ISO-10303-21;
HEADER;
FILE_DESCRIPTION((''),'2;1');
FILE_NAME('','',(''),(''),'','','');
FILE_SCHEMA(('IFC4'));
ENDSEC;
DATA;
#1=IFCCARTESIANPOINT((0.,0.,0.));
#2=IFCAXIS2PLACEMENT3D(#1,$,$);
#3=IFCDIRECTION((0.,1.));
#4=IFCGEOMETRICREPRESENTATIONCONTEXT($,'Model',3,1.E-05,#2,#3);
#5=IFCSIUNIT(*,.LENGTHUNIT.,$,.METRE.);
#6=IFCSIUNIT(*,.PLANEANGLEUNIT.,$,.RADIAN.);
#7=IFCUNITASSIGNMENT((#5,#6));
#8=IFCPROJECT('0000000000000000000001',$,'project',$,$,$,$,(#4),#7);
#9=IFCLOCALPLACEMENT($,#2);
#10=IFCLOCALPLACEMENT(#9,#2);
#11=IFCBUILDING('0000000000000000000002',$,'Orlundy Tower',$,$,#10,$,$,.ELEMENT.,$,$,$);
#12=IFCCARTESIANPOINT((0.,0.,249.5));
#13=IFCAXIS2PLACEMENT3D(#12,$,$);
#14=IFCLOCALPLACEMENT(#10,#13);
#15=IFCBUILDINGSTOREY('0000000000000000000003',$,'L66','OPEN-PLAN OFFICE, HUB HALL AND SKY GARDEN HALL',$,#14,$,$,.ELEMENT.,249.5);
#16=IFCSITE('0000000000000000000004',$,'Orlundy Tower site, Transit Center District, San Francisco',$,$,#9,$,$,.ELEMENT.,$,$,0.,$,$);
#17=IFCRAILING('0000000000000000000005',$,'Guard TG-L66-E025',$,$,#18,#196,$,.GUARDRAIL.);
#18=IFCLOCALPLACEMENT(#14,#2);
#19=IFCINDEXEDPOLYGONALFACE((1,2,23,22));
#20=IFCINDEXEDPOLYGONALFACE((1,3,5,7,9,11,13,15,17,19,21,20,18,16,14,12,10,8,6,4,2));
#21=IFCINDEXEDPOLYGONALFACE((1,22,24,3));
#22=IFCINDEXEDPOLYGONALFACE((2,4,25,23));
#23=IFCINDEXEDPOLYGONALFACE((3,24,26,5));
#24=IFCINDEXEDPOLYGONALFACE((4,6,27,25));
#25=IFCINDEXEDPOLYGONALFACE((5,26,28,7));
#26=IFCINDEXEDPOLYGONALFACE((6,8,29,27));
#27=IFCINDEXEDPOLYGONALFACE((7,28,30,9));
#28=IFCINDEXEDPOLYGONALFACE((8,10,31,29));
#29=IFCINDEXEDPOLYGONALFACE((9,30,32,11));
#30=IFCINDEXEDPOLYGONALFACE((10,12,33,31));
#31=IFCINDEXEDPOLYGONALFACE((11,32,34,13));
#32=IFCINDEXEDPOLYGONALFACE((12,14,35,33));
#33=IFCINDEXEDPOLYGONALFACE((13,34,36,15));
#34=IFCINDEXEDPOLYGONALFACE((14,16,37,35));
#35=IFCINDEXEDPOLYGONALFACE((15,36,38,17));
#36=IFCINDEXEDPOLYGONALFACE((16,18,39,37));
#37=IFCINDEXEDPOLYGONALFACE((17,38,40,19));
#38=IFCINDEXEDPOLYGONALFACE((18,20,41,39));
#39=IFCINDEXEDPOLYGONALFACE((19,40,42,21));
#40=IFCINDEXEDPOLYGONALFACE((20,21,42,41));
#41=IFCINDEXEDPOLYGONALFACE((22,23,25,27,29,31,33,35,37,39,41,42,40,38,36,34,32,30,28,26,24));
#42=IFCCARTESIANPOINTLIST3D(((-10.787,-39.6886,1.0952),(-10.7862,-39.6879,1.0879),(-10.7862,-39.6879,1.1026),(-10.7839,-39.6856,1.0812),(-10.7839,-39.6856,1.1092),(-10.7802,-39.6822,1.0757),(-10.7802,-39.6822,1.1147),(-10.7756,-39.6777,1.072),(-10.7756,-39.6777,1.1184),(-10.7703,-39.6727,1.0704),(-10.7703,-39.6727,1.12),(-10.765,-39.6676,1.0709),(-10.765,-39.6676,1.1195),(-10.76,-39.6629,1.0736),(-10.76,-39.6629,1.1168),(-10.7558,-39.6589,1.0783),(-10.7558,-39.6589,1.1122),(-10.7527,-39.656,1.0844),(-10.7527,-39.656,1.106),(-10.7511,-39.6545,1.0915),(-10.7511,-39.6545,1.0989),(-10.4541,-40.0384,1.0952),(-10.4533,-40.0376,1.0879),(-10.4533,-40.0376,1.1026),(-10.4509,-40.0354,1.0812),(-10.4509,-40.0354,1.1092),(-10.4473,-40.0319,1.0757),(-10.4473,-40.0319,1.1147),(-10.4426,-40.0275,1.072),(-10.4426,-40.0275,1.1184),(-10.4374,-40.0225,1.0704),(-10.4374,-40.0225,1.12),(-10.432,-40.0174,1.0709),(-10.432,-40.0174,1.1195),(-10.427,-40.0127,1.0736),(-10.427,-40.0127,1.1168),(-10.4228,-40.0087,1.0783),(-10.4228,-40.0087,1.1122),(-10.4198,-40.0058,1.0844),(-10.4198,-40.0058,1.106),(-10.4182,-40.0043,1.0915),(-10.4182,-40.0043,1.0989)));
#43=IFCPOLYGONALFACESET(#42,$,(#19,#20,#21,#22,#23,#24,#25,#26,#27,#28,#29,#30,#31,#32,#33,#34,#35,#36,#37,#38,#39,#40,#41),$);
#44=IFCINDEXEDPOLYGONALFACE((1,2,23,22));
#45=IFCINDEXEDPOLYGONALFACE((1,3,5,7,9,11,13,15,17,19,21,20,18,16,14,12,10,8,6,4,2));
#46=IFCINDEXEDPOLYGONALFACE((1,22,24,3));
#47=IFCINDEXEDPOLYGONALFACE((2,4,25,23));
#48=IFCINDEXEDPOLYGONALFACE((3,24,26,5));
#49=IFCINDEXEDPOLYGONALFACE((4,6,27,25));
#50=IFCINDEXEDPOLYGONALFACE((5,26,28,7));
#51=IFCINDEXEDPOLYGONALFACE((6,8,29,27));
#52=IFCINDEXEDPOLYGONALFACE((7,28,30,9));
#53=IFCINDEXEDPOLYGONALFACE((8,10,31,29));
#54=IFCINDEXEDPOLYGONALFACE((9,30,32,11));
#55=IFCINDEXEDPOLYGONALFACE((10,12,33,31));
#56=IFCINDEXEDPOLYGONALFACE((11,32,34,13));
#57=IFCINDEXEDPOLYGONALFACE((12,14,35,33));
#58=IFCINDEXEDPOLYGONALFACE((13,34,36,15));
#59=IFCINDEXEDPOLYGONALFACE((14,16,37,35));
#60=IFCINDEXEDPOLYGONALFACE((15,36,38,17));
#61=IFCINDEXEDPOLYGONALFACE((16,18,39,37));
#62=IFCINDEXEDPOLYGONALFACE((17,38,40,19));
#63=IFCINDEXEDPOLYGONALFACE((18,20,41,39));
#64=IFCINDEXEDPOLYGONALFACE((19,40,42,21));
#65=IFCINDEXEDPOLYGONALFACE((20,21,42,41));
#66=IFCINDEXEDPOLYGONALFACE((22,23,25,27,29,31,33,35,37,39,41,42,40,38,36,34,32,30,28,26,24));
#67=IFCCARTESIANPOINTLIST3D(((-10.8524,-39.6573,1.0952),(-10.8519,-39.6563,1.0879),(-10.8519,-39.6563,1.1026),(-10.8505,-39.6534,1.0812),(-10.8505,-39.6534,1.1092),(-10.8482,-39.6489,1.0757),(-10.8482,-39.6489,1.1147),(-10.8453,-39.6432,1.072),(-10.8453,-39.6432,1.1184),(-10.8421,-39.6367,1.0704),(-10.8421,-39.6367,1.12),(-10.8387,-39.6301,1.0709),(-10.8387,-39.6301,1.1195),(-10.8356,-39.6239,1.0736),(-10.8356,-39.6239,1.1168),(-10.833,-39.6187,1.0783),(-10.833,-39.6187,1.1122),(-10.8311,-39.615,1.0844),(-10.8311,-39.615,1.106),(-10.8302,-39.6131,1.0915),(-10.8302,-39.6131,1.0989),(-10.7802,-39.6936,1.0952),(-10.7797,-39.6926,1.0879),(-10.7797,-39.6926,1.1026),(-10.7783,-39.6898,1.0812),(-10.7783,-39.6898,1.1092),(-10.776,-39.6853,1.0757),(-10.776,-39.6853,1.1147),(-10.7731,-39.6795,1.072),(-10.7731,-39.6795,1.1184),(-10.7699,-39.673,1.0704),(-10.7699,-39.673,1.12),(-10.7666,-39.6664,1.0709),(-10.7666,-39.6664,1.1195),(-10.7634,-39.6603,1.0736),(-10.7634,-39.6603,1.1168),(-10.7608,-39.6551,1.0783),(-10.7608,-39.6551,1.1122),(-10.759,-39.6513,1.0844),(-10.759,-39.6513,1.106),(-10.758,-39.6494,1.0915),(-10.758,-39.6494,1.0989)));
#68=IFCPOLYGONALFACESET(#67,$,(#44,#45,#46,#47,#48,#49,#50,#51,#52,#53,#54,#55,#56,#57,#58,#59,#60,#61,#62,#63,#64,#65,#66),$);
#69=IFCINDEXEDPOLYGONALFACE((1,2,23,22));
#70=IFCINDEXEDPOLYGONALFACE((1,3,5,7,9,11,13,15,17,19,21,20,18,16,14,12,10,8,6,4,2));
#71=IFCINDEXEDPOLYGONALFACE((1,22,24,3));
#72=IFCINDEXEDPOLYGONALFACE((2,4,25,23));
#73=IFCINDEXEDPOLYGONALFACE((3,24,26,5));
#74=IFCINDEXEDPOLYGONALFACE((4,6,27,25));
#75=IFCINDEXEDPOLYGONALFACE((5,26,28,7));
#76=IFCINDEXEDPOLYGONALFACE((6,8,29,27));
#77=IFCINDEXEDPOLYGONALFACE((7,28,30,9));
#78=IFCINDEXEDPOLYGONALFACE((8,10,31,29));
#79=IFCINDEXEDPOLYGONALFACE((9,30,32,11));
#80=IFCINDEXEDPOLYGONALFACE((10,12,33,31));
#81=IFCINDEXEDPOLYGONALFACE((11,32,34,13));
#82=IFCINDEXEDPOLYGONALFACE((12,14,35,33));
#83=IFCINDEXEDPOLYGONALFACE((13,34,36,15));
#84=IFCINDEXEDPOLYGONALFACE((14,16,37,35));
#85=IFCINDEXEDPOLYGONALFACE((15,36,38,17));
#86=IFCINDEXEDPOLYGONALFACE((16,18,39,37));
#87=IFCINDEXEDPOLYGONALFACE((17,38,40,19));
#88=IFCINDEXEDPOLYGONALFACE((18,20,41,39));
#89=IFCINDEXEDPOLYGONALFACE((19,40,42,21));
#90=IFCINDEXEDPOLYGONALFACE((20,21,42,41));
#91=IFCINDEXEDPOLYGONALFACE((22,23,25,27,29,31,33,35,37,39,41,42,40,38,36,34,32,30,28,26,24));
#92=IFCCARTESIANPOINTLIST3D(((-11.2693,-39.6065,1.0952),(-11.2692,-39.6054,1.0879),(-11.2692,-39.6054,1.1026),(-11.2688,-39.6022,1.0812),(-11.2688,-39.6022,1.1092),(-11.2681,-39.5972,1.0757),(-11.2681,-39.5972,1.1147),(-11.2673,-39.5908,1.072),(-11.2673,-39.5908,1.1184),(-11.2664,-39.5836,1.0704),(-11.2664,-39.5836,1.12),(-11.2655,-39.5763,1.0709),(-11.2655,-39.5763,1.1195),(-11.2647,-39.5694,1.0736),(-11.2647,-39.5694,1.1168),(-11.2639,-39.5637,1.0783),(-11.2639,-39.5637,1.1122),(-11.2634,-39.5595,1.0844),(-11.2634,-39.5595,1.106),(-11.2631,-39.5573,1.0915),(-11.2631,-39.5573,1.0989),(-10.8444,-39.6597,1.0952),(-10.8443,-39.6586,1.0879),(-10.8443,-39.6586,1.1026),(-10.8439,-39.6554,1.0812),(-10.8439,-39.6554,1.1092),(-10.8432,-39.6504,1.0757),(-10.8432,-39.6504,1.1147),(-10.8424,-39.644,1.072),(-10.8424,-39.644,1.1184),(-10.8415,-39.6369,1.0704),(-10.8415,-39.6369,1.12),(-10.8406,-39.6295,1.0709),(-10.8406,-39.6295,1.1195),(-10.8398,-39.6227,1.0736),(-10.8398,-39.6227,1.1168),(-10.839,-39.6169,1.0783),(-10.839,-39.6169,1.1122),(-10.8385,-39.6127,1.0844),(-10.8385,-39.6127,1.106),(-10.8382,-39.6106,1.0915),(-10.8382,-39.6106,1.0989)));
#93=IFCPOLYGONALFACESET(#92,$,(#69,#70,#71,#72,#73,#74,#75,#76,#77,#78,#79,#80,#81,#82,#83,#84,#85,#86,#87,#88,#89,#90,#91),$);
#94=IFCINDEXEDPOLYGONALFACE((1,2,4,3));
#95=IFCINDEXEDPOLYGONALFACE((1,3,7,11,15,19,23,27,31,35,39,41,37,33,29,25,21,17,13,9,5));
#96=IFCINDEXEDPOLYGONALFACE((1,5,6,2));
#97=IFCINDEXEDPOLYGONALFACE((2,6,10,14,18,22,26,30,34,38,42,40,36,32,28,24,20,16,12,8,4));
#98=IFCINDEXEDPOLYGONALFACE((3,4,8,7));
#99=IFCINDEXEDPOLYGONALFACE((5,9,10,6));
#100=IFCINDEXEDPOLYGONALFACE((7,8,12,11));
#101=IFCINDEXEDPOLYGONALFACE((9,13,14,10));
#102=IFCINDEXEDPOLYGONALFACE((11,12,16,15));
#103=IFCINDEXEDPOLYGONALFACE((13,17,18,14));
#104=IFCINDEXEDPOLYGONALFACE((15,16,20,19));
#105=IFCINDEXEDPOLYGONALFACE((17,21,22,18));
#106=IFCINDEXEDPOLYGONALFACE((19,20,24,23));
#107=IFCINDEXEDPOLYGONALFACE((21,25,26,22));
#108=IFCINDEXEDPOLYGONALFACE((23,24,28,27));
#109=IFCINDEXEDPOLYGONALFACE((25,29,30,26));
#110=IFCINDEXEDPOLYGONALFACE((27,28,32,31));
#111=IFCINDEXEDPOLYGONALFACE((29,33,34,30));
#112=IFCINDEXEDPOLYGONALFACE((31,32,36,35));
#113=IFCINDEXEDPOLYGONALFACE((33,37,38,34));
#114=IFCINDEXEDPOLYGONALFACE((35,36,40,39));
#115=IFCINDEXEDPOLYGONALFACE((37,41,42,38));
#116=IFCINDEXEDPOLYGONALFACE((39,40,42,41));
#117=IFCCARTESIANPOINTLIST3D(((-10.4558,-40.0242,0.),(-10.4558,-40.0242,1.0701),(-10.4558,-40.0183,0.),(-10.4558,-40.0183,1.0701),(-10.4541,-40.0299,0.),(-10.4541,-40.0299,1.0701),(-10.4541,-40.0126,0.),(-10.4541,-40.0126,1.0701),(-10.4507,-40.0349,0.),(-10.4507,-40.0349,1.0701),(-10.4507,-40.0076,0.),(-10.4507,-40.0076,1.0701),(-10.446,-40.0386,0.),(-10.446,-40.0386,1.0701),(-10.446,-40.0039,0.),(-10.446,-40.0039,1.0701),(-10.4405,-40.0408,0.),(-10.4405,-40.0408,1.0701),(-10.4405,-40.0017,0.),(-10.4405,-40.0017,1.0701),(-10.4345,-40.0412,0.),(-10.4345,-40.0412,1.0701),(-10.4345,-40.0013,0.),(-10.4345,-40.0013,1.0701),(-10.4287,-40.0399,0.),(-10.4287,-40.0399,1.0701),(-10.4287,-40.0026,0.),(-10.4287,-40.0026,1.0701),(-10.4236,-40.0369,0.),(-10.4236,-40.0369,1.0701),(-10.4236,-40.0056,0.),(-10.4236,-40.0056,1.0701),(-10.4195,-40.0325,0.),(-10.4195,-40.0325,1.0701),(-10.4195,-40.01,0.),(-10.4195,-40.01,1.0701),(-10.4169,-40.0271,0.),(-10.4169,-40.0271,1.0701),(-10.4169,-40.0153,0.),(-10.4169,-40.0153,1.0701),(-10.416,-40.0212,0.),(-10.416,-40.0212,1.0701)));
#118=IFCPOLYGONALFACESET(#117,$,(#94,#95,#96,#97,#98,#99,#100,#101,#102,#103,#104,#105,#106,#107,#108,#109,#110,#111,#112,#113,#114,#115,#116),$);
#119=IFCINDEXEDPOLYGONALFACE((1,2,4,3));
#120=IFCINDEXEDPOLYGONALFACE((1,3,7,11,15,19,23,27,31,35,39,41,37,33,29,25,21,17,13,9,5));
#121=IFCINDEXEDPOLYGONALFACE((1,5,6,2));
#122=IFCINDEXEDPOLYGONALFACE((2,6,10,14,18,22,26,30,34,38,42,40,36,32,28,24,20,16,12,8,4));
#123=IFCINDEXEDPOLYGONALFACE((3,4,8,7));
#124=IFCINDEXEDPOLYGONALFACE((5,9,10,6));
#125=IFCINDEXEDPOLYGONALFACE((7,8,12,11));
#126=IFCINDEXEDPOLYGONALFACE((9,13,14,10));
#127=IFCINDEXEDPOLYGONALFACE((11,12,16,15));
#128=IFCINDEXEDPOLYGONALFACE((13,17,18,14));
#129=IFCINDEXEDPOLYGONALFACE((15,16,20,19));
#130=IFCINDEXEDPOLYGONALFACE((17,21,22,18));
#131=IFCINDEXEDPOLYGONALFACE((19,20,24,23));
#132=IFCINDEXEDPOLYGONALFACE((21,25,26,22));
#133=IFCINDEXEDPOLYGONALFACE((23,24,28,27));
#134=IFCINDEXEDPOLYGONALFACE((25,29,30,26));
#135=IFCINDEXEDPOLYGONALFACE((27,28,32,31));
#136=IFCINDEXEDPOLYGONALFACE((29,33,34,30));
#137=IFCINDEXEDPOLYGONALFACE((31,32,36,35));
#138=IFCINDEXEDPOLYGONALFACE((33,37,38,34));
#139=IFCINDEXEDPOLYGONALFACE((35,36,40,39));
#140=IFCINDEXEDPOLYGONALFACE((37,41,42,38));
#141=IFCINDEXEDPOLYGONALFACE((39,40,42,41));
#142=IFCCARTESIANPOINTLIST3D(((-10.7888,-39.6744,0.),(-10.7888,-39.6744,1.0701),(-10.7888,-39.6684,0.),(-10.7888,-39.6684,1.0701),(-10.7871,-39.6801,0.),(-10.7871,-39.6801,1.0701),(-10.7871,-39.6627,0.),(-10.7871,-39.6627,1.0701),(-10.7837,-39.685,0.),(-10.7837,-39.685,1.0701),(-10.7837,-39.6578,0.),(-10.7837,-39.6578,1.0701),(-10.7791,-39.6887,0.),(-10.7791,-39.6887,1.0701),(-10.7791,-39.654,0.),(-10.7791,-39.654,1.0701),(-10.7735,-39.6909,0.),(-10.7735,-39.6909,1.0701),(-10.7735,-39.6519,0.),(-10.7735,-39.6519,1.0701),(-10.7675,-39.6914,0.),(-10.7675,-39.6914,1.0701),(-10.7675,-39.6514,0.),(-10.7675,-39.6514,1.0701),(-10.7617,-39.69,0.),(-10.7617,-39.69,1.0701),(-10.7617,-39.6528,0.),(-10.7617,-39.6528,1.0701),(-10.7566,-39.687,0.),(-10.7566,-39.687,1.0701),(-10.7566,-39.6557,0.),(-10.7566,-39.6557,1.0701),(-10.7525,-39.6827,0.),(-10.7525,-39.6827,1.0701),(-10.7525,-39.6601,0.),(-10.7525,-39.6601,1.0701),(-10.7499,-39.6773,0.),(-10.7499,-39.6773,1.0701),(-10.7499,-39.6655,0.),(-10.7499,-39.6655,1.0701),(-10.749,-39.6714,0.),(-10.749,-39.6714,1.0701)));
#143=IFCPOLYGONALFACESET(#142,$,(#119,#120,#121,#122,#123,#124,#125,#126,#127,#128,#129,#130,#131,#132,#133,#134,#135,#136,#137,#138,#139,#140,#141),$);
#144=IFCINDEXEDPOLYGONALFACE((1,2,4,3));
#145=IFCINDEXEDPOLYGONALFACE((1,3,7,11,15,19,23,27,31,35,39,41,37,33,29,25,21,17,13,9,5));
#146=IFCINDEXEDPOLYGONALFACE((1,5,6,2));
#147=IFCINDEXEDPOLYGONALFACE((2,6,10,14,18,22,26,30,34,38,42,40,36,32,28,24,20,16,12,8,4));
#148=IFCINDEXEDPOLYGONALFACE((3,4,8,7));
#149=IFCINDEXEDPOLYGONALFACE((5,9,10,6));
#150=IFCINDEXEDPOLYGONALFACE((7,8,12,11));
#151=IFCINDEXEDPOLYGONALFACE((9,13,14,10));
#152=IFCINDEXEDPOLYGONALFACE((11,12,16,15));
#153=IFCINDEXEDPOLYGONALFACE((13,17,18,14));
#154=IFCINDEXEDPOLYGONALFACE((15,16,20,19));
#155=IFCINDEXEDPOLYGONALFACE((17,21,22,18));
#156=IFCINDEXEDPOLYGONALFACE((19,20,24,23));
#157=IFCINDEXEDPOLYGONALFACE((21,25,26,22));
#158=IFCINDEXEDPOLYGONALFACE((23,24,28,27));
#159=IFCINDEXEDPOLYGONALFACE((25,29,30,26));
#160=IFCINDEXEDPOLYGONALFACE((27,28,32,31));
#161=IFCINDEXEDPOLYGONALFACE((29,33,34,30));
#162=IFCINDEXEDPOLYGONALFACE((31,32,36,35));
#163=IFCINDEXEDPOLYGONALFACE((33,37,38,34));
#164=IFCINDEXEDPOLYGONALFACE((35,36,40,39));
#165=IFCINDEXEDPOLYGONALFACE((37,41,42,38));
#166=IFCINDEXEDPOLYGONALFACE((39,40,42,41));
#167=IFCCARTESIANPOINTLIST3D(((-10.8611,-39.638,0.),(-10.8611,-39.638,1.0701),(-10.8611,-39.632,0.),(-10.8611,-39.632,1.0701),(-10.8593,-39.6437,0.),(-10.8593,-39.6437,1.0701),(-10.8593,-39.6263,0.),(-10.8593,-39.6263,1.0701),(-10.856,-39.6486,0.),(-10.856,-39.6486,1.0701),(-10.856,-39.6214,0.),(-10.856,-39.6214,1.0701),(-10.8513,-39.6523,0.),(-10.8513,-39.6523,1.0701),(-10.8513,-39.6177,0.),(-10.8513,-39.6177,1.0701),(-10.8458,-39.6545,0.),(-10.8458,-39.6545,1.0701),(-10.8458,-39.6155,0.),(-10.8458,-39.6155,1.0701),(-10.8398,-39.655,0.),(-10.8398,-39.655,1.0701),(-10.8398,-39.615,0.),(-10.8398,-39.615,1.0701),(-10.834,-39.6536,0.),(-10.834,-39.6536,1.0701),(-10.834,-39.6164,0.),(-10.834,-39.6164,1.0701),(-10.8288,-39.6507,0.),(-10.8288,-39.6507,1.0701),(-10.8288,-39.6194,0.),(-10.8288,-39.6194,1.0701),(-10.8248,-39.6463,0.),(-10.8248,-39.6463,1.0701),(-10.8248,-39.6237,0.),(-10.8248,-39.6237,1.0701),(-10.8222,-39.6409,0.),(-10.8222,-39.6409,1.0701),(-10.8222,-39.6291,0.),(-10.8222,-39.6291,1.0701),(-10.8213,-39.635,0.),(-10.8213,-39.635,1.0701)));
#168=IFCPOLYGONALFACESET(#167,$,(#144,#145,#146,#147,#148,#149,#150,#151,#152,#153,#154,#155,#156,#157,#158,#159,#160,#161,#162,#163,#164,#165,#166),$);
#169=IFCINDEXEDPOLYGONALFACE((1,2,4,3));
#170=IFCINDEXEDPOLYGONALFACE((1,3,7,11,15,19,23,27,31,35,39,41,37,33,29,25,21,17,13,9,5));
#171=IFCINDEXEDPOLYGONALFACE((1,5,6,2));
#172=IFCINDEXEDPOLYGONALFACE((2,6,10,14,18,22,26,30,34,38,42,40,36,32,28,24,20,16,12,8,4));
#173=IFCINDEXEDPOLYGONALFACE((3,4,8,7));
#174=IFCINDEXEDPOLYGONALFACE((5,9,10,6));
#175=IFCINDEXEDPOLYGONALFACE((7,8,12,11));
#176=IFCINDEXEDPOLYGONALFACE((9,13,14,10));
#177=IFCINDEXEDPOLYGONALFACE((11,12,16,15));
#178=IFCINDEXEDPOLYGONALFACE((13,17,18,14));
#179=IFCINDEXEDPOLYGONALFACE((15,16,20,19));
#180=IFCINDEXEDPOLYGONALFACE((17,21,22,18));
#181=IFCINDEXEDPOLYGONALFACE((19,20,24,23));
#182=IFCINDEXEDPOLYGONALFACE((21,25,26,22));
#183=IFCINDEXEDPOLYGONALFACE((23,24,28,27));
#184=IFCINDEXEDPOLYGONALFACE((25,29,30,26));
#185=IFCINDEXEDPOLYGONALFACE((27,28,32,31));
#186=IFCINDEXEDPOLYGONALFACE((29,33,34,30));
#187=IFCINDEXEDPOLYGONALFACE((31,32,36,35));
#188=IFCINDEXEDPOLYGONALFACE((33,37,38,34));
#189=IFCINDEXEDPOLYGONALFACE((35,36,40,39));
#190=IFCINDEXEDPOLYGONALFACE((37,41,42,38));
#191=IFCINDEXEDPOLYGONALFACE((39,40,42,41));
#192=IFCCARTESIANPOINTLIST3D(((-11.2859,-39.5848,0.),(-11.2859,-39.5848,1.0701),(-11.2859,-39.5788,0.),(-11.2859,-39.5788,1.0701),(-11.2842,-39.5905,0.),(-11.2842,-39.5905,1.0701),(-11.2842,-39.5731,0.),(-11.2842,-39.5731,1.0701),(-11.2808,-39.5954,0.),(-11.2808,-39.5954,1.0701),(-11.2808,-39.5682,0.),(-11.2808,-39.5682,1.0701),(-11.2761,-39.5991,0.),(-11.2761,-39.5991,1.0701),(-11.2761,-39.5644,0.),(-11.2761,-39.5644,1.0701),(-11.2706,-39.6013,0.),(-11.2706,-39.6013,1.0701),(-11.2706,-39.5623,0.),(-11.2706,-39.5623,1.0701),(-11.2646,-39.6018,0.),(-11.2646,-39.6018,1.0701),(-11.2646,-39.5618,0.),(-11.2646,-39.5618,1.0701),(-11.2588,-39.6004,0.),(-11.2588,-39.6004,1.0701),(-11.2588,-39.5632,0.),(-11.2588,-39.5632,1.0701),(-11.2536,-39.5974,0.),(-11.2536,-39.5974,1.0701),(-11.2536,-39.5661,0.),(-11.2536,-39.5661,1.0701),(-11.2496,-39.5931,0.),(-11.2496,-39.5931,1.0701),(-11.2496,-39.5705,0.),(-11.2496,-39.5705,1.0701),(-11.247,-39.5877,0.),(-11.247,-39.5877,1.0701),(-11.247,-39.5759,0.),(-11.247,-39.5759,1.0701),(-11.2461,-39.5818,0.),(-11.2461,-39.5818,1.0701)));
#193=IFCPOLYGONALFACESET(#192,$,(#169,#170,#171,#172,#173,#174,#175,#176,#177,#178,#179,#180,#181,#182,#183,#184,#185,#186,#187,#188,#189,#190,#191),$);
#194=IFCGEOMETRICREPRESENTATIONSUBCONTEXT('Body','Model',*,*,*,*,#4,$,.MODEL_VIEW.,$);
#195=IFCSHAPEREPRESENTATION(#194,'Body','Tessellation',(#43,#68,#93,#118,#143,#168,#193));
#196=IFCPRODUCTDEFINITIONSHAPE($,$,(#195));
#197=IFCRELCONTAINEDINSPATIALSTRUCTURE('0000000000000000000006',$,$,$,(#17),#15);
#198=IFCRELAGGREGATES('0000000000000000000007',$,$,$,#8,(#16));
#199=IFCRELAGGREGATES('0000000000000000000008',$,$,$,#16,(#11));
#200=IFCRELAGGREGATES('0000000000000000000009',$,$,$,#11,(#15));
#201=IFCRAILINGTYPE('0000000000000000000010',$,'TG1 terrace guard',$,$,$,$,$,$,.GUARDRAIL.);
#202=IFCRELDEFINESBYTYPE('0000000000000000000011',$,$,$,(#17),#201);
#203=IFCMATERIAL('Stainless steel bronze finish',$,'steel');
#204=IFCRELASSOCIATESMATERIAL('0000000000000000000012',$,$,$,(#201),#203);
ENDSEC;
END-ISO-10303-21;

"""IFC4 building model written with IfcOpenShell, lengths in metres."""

from ifc_helpers import new_model, si_unit, direction, frame, origin, origin_2d, place, context, subcontext, project, spatial, circle, extrude, material, type_object, element, save


model = new_model("IFC4")

# Units and contexts
model_context = context("Model", 3, precision=1e-05, world=origin(), true_north=direction((0.0, 1.0)))
body_context = subcontext(model_context, "Body", "Model", "MODEL_VIEW")
ifc_project = project(units=[si_unit("LENGTHUNIT", "METRE"), si_unit("PLANEANGLEUNIT", "RADIAN")], contexts=[model_context])

# Site, building, storey
site_placement = place(None, origin())
site = spatial("IfcSite", under=ifc_project, at=site_placement, Name="Orlundy Tower site, Transit Center District, San Francisco", CompositionType="ELEMENT", RefElevation=0.0)
building_placement = place(site_placement, origin())
building = spatial("IfcBuilding", under=site, at=building_placement, Name="Orlundy Tower", CompositionType="ELEMENT")
storey_placement = place(building_placement, frame((0.0, 0.0, 249.5)))
storey = spatial("IfcBuildingStorey", under=building, at=storey_placement, Name="L66", Description="OPEN-PLAN OFFICE, HUB HALL AND SKY GARDEN HALL", CompositionType="ELEMENT", Elevation=249.5)

# Railing
ifc_material_1 = material(Name="Stainless steel bronze finish", Category="steel")
railing_type = type_object("IfcRailingType", Name="TG1 terrace guard", PredefinedType="GUARDRAIL", material=ifc_material_1)
railing_1_placement = place(storey_placement, frame((-10.436, -40.0212, 0.0)))
element("IfcRailing", 1, at=railing_1_placement, inside=storey, type_object=railing_type, Name="Guard TG-L66-E025", PredefinedType="GUARDRAIL", context=body_context, shape_type="SweptSolid", body=[
    extrude(circle(Radius=0.0249, at=origin_2d()), frame((0.0, 0.0, 1.0952), z_axis=(-0.689453, 0.72433, 0.0), x_axis=(-0.72433, -0.689453, 0.0)), (0.0, 0.0, 1.0), 0.4829),
    extrude(circle(Radius=0.0249, at=origin_2d()), frame((-0.333, 0.3499, 1.0952), z_axis=(-0.893217, 0.449626, 0.0), x_axis=(-0.449626, -0.893217, 0.0)), (0.0, 0.0, 1.0), 0.0808),
    extrude(circle(Radius=0.0249, at=origin_2d()), frame((-0.4053, 0.3862, 1.0952), z_axis=(-0.992243, 0.124315, 0.0), x_axis=(-0.124315, -0.992243, 0.0)), (0.0, 0.0, 1.0), 0.4282),
    extrude(circle(Radius=0.02, at=origin_2d()), origin(), (0.0, 0.0, 1.0), 1.0701),
    extrude(circle(Radius=0.02, at=origin_2d()), frame((-0.333, 0.3499, 0.0)), (0.0, 0.0, 1.0), 1.0701),
    extrude(circle(Radius=0.02, at=origin_2d()), frame((-0.4053, 0.3862, 0.0)), (0.0, 0.0, 1.0), 1.0701),
    extrude(circle(Radius=0.02, at=origin_2d()), frame((-0.8301, 0.4395, 0.0)), (0.0, 0.0, 1.0), 1.0701),
])

save(model, "model.ifc")
